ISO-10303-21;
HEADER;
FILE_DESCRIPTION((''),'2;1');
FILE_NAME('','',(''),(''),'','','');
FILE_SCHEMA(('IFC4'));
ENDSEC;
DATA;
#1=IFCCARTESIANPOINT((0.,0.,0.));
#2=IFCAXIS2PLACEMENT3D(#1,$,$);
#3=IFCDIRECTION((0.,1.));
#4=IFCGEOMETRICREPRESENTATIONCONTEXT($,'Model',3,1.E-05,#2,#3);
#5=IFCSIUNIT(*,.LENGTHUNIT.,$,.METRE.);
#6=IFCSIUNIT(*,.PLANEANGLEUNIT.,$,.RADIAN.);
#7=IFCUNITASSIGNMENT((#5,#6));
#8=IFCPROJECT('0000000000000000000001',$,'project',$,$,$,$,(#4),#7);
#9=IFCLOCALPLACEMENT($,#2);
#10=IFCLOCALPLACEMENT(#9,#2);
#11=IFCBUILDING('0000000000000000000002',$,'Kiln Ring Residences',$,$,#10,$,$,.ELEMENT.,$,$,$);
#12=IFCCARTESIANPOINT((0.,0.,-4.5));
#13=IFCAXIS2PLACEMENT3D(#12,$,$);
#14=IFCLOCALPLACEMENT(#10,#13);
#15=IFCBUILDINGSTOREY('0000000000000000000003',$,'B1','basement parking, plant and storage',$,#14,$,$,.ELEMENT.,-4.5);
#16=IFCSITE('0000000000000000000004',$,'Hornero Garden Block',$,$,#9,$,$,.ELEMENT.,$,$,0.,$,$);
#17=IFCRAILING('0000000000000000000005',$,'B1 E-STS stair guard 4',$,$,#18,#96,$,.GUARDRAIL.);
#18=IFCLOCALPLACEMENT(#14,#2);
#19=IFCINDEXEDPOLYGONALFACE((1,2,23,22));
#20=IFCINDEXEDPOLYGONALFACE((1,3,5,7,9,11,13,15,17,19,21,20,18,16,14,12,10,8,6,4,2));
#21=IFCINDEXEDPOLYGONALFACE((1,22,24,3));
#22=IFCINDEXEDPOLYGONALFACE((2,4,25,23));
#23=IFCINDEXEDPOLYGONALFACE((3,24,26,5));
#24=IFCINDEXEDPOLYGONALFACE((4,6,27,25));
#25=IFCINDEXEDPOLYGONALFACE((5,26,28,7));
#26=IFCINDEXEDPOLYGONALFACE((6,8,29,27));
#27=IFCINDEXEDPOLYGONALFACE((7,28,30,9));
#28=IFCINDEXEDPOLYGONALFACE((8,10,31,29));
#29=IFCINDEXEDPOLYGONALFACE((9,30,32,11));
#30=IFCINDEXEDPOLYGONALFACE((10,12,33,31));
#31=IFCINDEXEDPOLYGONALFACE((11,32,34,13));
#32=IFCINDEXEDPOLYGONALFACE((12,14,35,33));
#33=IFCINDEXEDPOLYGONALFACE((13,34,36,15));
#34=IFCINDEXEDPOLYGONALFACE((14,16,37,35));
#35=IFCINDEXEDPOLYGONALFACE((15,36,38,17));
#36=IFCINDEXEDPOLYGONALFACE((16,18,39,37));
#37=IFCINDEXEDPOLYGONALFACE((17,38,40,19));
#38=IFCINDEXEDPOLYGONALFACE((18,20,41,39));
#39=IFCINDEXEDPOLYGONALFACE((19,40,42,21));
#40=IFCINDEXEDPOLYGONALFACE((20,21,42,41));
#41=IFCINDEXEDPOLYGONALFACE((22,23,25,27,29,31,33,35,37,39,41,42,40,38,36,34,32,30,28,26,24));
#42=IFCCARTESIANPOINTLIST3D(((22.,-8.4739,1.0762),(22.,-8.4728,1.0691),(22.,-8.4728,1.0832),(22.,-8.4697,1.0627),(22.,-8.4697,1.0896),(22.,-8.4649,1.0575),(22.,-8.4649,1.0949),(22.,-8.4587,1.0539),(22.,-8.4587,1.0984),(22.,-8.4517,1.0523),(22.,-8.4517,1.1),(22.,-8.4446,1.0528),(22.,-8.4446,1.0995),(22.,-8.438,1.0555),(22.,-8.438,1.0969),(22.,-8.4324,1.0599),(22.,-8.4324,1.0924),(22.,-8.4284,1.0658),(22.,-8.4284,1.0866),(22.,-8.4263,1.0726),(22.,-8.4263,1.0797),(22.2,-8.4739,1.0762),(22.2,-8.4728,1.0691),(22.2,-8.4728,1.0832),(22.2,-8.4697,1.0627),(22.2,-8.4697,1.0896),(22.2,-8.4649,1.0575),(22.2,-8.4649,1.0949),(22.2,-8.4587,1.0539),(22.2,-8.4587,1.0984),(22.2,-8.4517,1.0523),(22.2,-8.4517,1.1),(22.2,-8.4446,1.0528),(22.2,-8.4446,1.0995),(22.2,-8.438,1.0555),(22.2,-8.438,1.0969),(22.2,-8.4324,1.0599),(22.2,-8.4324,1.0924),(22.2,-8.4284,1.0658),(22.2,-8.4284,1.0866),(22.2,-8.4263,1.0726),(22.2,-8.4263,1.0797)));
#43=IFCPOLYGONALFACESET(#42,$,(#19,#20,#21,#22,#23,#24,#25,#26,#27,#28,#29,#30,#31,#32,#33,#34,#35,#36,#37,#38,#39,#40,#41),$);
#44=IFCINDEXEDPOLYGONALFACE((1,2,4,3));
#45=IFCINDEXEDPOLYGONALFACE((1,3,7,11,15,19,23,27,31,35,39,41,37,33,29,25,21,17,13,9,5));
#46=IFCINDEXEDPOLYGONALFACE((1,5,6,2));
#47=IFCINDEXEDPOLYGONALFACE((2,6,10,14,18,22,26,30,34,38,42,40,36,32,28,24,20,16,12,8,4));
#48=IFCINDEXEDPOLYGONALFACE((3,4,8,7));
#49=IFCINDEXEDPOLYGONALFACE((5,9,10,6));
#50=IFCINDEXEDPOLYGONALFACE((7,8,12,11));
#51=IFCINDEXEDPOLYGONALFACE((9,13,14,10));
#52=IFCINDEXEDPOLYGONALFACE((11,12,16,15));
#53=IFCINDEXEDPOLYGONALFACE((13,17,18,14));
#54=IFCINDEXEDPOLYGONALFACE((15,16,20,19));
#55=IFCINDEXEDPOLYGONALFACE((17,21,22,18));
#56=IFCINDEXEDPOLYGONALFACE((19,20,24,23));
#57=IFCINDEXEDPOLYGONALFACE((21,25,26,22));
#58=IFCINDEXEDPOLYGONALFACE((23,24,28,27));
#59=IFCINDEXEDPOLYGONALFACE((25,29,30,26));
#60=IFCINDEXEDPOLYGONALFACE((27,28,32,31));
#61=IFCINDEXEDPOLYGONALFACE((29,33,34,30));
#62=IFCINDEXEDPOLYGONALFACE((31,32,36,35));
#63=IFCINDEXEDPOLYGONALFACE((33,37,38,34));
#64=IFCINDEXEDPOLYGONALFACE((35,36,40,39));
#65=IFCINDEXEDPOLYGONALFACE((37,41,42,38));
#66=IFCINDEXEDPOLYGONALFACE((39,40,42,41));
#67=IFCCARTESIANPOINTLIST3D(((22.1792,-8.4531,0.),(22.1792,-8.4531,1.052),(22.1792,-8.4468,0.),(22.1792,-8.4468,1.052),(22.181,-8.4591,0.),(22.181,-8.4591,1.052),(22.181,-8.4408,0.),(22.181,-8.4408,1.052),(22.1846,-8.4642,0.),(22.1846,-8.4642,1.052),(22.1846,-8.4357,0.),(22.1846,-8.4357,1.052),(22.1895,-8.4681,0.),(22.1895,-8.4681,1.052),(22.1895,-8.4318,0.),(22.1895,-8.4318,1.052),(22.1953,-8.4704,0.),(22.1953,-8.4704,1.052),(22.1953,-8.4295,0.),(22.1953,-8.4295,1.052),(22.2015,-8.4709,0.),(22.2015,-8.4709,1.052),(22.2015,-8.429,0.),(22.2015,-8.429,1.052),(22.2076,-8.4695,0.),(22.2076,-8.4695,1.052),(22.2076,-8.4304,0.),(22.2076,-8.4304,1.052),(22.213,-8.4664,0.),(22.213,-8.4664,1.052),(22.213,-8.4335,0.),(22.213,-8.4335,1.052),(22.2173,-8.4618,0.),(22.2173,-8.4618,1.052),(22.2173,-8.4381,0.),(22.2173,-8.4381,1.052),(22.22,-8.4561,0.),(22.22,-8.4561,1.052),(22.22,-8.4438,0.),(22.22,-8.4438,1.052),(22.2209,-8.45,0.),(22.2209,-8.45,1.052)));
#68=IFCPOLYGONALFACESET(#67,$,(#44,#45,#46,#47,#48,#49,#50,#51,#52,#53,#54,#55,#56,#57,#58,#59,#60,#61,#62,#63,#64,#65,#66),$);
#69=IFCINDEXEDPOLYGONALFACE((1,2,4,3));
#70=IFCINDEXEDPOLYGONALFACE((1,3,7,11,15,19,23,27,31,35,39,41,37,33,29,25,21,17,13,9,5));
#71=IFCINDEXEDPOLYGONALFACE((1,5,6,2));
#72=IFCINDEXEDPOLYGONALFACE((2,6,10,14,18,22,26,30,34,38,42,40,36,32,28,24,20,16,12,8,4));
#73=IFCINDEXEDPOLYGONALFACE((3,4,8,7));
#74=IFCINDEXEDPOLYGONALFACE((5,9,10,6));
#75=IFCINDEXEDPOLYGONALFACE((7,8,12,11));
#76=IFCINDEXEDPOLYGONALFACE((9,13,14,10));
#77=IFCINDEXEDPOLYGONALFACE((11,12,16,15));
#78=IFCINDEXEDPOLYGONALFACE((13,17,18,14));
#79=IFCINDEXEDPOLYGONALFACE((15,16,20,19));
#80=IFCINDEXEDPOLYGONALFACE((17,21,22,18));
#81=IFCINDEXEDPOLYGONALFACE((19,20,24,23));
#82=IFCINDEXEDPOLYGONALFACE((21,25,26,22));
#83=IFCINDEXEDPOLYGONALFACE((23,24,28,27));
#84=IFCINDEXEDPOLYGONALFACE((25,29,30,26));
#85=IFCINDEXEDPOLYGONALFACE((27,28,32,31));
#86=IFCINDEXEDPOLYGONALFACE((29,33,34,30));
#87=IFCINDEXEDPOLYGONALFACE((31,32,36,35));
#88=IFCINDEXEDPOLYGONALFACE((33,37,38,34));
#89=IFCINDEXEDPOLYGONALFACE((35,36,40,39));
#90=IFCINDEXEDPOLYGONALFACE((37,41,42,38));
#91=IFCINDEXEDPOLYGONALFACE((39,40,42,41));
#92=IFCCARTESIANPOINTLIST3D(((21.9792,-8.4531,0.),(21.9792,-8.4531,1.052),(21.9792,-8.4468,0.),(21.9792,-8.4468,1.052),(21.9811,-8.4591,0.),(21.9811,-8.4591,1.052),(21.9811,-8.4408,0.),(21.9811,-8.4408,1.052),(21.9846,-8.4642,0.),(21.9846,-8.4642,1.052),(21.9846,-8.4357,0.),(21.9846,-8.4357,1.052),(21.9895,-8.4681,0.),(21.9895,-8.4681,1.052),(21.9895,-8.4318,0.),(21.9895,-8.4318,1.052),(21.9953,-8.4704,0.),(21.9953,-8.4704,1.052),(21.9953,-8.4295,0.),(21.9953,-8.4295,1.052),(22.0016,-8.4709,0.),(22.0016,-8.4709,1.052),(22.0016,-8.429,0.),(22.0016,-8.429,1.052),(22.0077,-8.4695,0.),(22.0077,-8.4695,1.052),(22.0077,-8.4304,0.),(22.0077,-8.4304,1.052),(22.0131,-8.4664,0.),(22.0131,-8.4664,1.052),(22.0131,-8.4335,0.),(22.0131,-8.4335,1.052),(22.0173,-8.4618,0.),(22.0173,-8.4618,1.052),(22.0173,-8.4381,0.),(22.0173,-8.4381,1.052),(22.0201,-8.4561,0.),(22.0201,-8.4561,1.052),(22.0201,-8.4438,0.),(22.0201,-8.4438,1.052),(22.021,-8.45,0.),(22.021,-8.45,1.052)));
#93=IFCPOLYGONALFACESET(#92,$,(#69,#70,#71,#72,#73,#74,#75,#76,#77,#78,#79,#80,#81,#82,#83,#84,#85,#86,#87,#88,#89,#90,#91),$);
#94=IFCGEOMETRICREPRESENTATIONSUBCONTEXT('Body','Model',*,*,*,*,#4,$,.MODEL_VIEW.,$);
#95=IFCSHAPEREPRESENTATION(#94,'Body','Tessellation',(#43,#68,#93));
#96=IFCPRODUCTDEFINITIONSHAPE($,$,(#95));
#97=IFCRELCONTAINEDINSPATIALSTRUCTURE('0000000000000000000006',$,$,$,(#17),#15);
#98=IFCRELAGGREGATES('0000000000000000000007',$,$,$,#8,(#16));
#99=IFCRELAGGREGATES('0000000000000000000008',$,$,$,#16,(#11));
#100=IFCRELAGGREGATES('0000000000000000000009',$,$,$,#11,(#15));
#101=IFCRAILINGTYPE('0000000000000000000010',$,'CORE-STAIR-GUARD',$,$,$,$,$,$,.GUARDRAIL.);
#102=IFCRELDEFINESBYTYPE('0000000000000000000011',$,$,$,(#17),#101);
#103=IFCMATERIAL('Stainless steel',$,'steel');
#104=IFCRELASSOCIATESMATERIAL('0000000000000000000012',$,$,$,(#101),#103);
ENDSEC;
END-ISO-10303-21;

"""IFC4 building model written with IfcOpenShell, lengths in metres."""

from ifc_helpers import new_model, si_unit, direction, frame, origin, origin_2d, place, context, subcontext, project, spatial, circle, extrude, material, type_object, element, save


model = new_model("IFC4")

# Units and contexts
model_context = context("Model", 3, precision=1e-05, world=origin(), true_north=direction((0.0, 1.0)))
body_context = subcontext(model_context, "Body", "Model", "MODEL_VIEW")
ifc_project = project(units=[si_unit("LENGTHUNIT", "METRE"), si_unit("PLANEANGLEUNIT", "RADIAN")], contexts=[model_context])

# Site, building, storey
site_placement = place(None, origin())
site = spatial("IfcSite", under=ifc_project, at=site_placement, Name="Hornero Garden Block", CompositionType="ELEMENT", RefElevation=0.0)
building_placement = place(site_placement, origin())
building = spatial("IfcBuilding", under=site, at=building_placement, Name="Kiln Ring Residences", CompositionType="ELEMENT")
storey_placement = place(building_placement, frame((0.0, 0.0, -4.5)))
storey = spatial("IfcBuildingStorey", under=building, at=storey_placement, Name="B1", Description="basement parking, plant and storage", CompositionType="ELEMENT", Elevation=-4.5)

# Railing
ifc_material_1 = material(Name="Stainless steel", Category="steel")
railing_type_1 = type_object("IfcRailingType", Name="CORE-STAIR-GUARD", PredefinedType="GUARDRAIL", material=ifc_material_1)
railing_1_placement = place(storey_placement, frame((22.2, -8.45, 0.0)))
element("IfcRailing", 1, at=railing_1_placement, inside=storey, type_object=railing_type_1, Name="B1 E-STS stair guard 4", PredefinedType="GUARDRAIL", context=body_context, shape_type="SweptSolid", body=[
    extrude(circle(Radius=0.0239, at=origin_2d()), frame((0.0, 0.0, 1.0762), z_axis=(-1.0, 0.0, 0.0), x_axis=(0.0, -1.0, 0.0)), (0.0, 0.0, 1.0), 0.2),
    extrude(circle(Radius=0.021, at=origin_2d()), origin(), (0.0, 0.0, 1.0), 1.052),
    extrude(circle(Radius=0.021, at=origin_2d()), frame((-0.2, 0.0, 0.0)), (0.0, 0.0, 1.0), 1.052),
])

save(model, "model.ifc")
